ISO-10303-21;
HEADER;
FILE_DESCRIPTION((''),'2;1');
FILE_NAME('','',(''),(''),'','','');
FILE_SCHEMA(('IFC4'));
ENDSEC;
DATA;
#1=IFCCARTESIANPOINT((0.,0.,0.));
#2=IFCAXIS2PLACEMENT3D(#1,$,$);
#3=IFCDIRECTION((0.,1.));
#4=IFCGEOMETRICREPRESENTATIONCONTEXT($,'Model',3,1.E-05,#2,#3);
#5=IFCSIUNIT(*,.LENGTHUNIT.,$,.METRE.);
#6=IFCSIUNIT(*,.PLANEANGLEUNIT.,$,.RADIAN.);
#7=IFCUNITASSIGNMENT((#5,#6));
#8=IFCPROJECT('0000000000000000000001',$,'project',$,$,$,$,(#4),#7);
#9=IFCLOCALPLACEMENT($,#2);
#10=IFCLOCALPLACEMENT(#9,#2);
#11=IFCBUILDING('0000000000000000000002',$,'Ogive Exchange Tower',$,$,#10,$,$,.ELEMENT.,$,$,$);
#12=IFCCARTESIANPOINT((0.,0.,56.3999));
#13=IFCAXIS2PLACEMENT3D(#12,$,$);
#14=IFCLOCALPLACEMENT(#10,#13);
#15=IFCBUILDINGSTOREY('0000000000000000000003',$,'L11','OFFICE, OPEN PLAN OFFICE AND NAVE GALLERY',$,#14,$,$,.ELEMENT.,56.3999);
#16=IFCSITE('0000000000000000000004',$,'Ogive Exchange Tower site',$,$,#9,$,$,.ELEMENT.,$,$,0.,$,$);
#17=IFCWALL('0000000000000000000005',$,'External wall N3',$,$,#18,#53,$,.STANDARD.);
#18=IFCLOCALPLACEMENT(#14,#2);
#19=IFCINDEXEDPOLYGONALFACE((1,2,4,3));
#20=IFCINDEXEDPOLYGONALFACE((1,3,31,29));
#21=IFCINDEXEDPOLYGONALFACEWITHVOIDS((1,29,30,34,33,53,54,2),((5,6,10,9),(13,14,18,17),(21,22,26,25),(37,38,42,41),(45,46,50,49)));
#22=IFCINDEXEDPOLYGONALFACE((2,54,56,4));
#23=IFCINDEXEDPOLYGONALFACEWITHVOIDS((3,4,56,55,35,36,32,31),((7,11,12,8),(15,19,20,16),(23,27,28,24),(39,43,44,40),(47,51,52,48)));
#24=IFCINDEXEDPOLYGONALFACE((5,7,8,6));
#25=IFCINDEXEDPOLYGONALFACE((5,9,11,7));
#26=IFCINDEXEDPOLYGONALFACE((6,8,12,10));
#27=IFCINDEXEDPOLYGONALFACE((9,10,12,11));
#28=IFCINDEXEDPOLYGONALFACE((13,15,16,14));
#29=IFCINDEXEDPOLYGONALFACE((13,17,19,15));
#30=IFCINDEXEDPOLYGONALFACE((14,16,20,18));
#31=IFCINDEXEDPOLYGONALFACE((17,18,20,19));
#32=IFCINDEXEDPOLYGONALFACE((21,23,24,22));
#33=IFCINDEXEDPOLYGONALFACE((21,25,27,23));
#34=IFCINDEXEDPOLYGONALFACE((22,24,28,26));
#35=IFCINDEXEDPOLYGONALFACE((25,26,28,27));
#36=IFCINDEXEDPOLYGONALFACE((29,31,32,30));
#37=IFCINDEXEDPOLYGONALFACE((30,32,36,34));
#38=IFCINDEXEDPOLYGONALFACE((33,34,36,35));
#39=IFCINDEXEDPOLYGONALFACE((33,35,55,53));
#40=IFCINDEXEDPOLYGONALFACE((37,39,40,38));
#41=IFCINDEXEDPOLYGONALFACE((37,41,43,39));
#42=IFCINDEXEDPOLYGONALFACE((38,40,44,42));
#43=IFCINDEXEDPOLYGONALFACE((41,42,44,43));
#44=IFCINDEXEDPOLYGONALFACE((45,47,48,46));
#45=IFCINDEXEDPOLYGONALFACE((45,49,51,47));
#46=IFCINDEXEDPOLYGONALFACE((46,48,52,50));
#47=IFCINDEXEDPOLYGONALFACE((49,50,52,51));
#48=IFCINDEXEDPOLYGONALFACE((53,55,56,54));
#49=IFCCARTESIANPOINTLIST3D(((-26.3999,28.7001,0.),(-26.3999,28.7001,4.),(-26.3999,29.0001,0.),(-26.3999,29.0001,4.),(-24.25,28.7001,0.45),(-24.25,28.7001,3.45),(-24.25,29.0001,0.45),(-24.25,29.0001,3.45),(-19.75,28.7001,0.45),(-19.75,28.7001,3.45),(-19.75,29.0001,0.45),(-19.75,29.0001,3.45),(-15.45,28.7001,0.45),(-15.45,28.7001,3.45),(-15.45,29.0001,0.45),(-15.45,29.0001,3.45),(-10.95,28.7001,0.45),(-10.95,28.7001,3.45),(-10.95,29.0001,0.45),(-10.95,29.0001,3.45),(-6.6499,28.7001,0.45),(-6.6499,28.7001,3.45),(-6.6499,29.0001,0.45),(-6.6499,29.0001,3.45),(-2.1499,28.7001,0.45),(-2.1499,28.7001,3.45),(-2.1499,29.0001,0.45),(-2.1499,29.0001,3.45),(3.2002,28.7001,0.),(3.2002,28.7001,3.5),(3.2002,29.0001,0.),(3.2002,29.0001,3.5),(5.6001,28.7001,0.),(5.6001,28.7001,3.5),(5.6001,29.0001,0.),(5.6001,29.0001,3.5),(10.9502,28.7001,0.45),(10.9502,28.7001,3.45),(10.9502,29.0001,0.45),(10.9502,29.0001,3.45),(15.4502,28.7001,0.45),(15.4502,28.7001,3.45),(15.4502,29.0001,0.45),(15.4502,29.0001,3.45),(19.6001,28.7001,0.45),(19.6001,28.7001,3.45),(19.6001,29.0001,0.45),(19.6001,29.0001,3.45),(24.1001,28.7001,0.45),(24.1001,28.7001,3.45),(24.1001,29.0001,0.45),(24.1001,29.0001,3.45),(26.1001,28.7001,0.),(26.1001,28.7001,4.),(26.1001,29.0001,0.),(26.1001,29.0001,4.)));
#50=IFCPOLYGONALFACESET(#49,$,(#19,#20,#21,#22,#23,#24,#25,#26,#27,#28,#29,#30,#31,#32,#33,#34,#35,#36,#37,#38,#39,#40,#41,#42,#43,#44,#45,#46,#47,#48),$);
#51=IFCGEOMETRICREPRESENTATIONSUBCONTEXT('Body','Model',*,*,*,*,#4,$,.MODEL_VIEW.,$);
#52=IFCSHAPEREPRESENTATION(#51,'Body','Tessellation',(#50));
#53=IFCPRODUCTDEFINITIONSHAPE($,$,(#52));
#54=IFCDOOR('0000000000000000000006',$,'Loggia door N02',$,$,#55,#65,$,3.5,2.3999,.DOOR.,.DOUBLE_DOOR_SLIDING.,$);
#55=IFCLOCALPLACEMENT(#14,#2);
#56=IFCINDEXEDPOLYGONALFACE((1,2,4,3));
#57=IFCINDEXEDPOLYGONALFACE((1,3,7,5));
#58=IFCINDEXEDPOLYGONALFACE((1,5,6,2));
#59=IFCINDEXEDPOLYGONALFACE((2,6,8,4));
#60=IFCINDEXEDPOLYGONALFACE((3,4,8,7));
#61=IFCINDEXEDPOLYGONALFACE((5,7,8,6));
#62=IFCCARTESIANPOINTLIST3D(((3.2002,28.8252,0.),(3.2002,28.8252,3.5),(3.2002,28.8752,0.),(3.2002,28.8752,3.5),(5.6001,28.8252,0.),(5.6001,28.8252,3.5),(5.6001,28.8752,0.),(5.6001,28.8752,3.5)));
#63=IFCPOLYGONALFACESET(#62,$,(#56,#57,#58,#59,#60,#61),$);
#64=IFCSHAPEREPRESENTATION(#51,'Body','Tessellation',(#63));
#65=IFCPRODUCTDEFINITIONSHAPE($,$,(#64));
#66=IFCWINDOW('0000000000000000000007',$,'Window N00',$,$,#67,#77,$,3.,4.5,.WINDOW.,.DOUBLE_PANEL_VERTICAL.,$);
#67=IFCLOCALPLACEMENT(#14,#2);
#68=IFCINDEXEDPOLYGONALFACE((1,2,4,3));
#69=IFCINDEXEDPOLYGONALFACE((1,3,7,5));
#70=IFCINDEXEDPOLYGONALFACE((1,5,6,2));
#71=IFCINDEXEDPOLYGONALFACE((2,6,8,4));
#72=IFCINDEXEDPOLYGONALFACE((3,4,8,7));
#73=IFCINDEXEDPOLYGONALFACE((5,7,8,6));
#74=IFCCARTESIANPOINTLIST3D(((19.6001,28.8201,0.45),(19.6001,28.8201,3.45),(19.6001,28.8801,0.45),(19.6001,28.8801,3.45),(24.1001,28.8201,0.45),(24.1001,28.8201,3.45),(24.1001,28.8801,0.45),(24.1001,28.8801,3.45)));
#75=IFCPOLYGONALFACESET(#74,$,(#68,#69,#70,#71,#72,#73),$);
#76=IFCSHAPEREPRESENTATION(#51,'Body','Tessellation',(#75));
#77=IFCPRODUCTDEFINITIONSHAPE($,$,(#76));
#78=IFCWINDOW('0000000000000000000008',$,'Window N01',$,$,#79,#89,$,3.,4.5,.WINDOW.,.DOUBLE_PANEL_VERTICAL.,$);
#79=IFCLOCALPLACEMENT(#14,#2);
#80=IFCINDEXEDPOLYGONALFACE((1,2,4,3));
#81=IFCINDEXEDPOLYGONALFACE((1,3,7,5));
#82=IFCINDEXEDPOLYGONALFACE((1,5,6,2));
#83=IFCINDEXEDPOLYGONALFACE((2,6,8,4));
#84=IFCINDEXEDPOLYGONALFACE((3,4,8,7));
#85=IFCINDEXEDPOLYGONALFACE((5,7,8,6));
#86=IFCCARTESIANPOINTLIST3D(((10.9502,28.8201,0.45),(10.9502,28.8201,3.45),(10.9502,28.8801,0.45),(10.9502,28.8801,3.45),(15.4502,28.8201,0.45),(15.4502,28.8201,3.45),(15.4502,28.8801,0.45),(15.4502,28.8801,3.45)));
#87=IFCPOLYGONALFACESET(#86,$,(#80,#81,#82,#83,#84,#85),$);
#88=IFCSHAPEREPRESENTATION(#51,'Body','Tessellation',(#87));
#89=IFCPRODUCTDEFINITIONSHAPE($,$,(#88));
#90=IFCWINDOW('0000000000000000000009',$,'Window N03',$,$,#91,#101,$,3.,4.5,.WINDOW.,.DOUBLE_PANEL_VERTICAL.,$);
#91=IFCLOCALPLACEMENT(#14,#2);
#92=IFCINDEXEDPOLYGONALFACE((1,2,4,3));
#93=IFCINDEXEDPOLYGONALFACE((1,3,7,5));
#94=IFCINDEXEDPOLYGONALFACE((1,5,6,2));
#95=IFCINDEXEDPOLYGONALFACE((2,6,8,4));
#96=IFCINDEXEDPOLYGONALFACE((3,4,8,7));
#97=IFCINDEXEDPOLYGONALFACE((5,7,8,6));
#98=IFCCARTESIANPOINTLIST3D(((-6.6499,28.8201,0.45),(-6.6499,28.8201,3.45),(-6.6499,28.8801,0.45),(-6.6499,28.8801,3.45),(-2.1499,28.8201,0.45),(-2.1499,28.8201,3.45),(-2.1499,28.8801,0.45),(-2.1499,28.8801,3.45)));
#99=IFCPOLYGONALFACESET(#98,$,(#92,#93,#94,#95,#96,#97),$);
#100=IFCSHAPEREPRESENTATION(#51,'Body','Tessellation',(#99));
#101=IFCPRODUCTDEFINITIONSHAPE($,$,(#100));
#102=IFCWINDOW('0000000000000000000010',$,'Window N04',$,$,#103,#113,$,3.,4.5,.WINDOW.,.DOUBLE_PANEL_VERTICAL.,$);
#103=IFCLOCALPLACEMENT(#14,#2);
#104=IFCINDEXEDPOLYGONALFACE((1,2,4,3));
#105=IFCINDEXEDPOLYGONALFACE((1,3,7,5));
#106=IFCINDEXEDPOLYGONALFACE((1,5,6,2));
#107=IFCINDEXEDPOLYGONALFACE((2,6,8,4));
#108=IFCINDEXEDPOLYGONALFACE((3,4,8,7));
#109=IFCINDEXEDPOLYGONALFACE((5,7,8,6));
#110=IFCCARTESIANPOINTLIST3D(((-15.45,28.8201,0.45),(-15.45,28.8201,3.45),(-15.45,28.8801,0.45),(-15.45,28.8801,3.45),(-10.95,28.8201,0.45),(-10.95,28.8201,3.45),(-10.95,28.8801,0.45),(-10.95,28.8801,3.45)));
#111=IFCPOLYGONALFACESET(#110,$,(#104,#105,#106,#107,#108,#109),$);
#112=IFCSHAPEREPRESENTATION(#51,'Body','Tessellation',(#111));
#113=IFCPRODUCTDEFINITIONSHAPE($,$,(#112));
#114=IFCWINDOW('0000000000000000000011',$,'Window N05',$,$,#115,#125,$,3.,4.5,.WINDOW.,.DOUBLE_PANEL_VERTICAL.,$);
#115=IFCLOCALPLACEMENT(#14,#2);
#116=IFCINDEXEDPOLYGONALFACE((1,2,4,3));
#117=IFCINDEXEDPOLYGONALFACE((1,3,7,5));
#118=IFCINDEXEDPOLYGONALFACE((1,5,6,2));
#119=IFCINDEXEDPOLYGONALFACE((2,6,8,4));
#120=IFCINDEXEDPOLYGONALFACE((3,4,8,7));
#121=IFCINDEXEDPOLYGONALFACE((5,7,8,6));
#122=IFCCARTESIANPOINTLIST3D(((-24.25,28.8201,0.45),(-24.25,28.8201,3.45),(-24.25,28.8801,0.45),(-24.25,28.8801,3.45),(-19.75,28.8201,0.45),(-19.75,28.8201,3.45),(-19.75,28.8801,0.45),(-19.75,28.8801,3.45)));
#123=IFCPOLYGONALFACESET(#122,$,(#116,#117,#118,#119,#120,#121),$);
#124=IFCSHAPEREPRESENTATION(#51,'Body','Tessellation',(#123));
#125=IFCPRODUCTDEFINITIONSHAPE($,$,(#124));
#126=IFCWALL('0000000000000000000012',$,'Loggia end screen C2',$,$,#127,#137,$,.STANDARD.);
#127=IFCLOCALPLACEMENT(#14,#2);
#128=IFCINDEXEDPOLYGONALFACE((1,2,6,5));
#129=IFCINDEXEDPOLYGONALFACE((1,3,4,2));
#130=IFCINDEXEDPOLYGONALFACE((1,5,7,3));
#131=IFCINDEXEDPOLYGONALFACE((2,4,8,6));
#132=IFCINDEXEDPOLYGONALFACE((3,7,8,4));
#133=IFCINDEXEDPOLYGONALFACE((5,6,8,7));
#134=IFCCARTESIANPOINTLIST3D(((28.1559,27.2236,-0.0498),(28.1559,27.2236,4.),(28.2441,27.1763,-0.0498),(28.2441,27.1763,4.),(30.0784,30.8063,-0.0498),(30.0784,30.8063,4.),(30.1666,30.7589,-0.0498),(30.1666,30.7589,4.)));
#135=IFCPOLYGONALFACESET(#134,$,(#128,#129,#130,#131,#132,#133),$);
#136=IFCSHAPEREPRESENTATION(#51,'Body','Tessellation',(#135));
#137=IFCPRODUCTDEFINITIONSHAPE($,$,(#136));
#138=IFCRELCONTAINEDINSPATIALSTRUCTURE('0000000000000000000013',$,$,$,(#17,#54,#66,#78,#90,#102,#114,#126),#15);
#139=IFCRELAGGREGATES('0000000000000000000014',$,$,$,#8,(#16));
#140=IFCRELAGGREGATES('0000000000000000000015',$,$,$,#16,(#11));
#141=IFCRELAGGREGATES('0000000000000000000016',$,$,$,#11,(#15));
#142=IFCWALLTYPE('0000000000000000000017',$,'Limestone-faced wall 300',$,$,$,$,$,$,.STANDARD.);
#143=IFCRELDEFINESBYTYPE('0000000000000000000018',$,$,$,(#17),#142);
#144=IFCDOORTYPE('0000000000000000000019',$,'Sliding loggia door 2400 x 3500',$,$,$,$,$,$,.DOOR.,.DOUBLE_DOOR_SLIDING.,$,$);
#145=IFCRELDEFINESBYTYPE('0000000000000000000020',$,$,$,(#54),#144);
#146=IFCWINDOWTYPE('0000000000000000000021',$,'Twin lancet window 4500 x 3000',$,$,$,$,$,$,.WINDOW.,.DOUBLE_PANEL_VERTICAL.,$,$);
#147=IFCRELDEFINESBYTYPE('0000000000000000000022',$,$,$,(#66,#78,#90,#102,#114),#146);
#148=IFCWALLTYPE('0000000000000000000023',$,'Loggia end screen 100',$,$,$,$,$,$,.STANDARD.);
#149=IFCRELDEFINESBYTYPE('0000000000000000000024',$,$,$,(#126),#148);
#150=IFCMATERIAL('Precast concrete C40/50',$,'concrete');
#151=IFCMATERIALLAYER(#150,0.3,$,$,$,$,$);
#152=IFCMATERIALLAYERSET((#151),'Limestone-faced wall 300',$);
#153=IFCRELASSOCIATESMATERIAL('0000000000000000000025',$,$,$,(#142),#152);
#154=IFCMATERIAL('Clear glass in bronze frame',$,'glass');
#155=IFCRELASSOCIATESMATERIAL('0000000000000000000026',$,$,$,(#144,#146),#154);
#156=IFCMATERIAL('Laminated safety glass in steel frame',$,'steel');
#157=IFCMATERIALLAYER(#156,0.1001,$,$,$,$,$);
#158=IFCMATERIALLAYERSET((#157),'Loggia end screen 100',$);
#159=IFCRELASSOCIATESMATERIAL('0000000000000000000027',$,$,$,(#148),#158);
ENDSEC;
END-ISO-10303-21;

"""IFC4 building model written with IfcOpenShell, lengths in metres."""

from ifc_helpers import new_model, si_unit, direction, frame, frame_2d, origin, place, context, subcontext, project, spatial, rectangle, extrude, material, layer, layer_set, type_object, element, fill, save


model = new_model("IFC4")

# Units and contexts
model_context = context("Model", 3, precision=1e-05, world=origin(), true_north=direction((0.0, 1.0)))
body_context = subcontext(model_context, "Body", "Model", "MODEL_VIEW")
ifc_project = project(units=[si_unit("LENGTHUNIT", "METRE"), si_unit("PLANEANGLEUNIT", "RADIAN")], contexts=[model_context])

# Site, building, storey
site_placement = place(None, origin())
site = spatial("IfcSite", under=ifc_project, at=site_placement, Name="Ogive Exchange Tower site", CompositionType="ELEMENT", RefElevation=0.0)
building_placement = place(site_placement, origin())
building = spatial("IfcBuilding", under=site, at=building_placement, Name="Ogive Exchange Tower", CompositionType="ELEMENT")
storey_placement = place(building_placement, frame((0.0, 0.0, 56.3999)))
storey = spatial("IfcBuildingStorey", under=building, at=storey_placement, Name="L11", Description="OFFICE, OPEN PLAN OFFICE AND NAVE GALLERY", CompositionType="ELEMENT", Elevation=56.3999)

# Wall, openings, door, windows
ifc_material_1 = material(Name="Precast concrete C40/50", Category="concrete")
ifc_layer_1 = layer(ifc_material_1, 0.3)
ifc_layer_set_1 = layer_set([ifc_layer_1], Name="Limestone-faced wall 300")
wall_type_1 = type_object("IfcWallType", Name="Limestone-faced wall 300", PredefinedType="STANDARD", material=ifc_layer_set_1)
wall_1_placement = place(storey_placement, frame((26.1001, 28.8501, 0.0), z_axis=(0.0, 0.0, 1.0), x_axis=(-1.0, 0.0, 0.0)))
wall_1 = element("IfcWall", 1, at=wall_1_placement, inside=storey, type_object=wall_type_1, Name="External wall N3", PredefinedType="STANDARD", context=body_context, shape_type="SweptSolid", body=[
    extrude(rectangle(XDim=52.5, YDim=0.3, at=frame_2d((26.25, 0.0))), origin(), (0.0, 0.0, 1.0), 4.0),
])
opening_1_placement = place(wall_1_placement, frame((2.0, 0.0, 0.45)))
opening_1 = element("IfcOpeningElement", 2, at=opening_1_placement, cuts=wall_1, PredefinedType="OPENING", context=body_context, shape_type="SweptSolid", body=[
    extrude(rectangle(XDim=4.5, YDim=3.0, at=frame_2d((2.25, 1.5))), frame((0.0, 0.1599, 0.0), z_axis=(0.0, -1.0, 0.0), x_axis=(1.0, 0.0, 0.0)), (0.0, 0.0, 1.0), 0.3201),
])
opening_2_placement = place(wall_1_placement, frame((10.6499, 0.0, 0.45)))
opening_2 = element("IfcOpeningElement", 3, at=opening_2_placement, cuts=wall_1, PredefinedType="OPENING", context=body_context, shape_type="SweptSolid", body=[
    extrude(rectangle(XDim=4.5, YDim=3.0, at=frame_2d((2.25, 1.5))), frame((0.0, 0.1599, 0.0), z_axis=(0.0, -1.0, 0.0), x_axis=(1.0, 0.0, 0.0)), (0.0, 0.0, 1.0), 0.3201),
])
opening_3_placement = place(wall_1_placement, frame((20.5, 0.0, 0.0)))
opening_3 = element("IfcOpeningElement", 4, at=opening_3_placement, cuts=wall_1, PredefinedType="OPENING", context=body_context, shape_type="SweptSolid", body=[
    extrude(rectangle(XDim=2.3999, YDim=3.5, at=frame_2d((1.2, 1.75))), frame((0.0, 0.1599, 0.0), z_axis=(0.0, -1.0, 0.0), x_axis=(1.0, 0.0, 0.0)), (0.0, 0.0, 1.0), 0.3201),
])
opening_4_placement = place(wall_1_placement, frame((28.25, 0.0, 0.45)))
opening_4 = element("IfcOpeningElement", 5, at=opening_4_placement, cuts=wall_1, PredefinedType="OPENING", context=body_context, shape_type="SweptSolid", body=[
    extrude(rectangle(XDim=4.5, YDim=3.0, at=frame_2d((2.25, 1.5))), frame((0.0, 0.1599, 0.0), z_axis=(0.0, -1.0, 0.0), x_axis=(1.0, 0.0, 0.0)), (0.0, 0.0, 1.0), 0.3201),
])
opening_5_placement = place(wall_1_placement, frame((37.05, 0.0, 0.45)))
opening_5 = element("IfcOpeningElement", 6, at=opening_5_placement, cuts=wall_1, PredefinedType="OPENING", context=body_context, shape_type="SweptSolid", body=[
    extrude(rectangle(XDim=4.5, YDim=3.0, at=frame_2d((2.25, 1.5))), frame((0.0, 0.1599, 0.0), z_axis=(0.0, -1.0, 0.0), x_axis=(1.0, 0.0, 0.0)), (0.0, 0.0, 1.0), 0.3201),
])
opening_6_placement = place(wall_1_placement, frame((45.8501, 0.0, 0.45)))
opening_6 = element("IfcOpeningElement", 7, at=opening_6_placement, cuts=wall_1, PredefinedType="OPENING", context=body_context, shape_type="SweptSolid", body=[
    extrude(rectangle(XDim=4.5, YDim=3.0, at=frame_2d((2.25, 1.5))), frame((0.0, 0.1599, 0.0), z_axis=(0.0, -1.0, 0.0), x_axis=(1.0, 0.0, 0.0)), (0.0, 0.0, 1.0), 0.3201),
])
ifc_material_2 = material(Name="Clear glass in bronze frame", Category="glass")
door_type_1 = type_object("IfcDoorType", Name="Sliding loggia door 2400 x 3500", OperationType="DOUBLE_DOOR_SLIDING", PredefinedType="DOOR", material=ifc_material_2)
door_1_placement = place(opening_3_placement, origin())
door_1 = element("IfcDoor", 8, at=door_1_placement, inside=storey, type_object=door_type_1, Name="Loggia door N02", OperationType="DOUBLE_DOOR_SLIDING", OverallHeight=3.5, OverallWidth=2.3999, PredefinedType="DOOR", context=body_context, shape_type="SweptSolid", body=[
    extrude(rectangle(XDim=2.3999, YDim=3.5, at=frame_2d((1.2, 1.75))), frame((0.0, 0.0249, 0.0), z_axis=(0.0, -1.0, 0.0), x_axis=(1.0, 0.0, 0.0)), (0.0, 0.0, 1.0), 0.05),
])
fill(opening_3, door_1)
window_type = type_object("IfcWindowType", Name="Twin lancet window 4500 x 3000", PartitioningType="DOUBLE_PANEL_VERTICAL", PredefinedType="WINDOW", material=ifc_material_2)
window_1_placement = place(opening_1_placement, origin())
window_1 = element("IfcWindow", 9, at=window_1_placement, inside=storey, type_object=window_type, Name="Window N00", OverallHeight=3.0, OverallWidth=4.5, PartitioningType="DOUBLE_PANEL_VERTICAL", PredefinedType="WINDOW", context=body_context, shape_type="SweptSolid", body=[
    extrude(rectangle(XDim=4.5, YDim=3.0, at=frame_2d((2.25, 1.5))), frame((0.0, 0.03, 0.0), z_axis=(0.0, -1.0, 0.0), x_axis=(1.0, 0.0, 0.0)), (0.0, 0.0, 1.0), 0.0601),
])
fill(opening_1, window_1)
window_2_placement = place(opening_2_placement, origin())
window_2 = element("IfcWindow", 10, at=window_2_placement, inside=storey, type_object=window_type, Name="Window N01", OverallHeight=3.0, OverallWidth=4.5, PartitioningType="DOUBLE_PANEL_VERTICAL", PredefinedType="WINDOW", context=body_context, shape_type="SweptSolid", body=[
    extrude(rectangle(XDim=4.5, YDim=3.0, at=frame_2d((2.25, 1.5))), frame((0.0, 0.03, 0.0), z_axis=(0.0, -1.0, 0.0), x_axis=(1.0, 0.0, 0.0)), (0.0, 0.0, 1.0), 0.0601),
])
fill(opening_2, window_2)
window_3_placement = place(opening_4_placement, origin())
window_3 = element("IfcWindow", 11, at=window_3_placement, inside=storey, type_object=window_type, Name="Window N03", OverallHeight=3.0, OverallWidth=4.5, PartitioningType="DOUBLE_PANEL_VERTICAL", PredefinedType="WINDOW", context=body_context, shape_type="SweptSolid", body=[
    extrude(rectangle(XDim=4.5, YDim=3.0, at=frame_2d((2.25, 1.5))), frame((0.0, 0.03, 0.0), z_axis=(0.0, -1.0, 0.0), x_axis=(1.0, 0.0, 0.0)), (0.0, 0.0, 1.0), 0.0601),
])
fill(opening_4, window_3)
window_4_placement = place(opening_5_placement, origin())
window_4 = element("IfcWindow", 12, at=window_4_placement, inside=storey, type_object=window_type, Name="Window N04", OverallHeight=3.0, OverallWidth=4.5, PartitioningType="DOUBLE_PANEL_VERTICAL", PredefinedType="WINDOW", context=body_context, shape_type="SweptSolid", body=[
    extrude(rectangle(XDim=4.5, YDim=3.0, at=frame_2d((2.25, 1.5))), frame((0.0, 0.03, 0.0), z_axis=(0.0, -1.0, 0.0), x_axis=(1.0, 0.0, 0.0)), (0.0, 0.0, 1.0), 0.0601),
])
fill(opening_5, window_4)
window_5_placement = place(opening_6_placement, origin())
window_5 = element("IfcWindow", 13, at=window_5_placement, inside=storey, type_object=window_type, Name="Window N05", OverallHeight=3.0, OverallWidth=4.5, PartitioningType="DOUBLE_PANEL_VERTICAL", PredefinedType="WINDOW", context=body_context, shape_type="SweptSolid", body=[
    extrude(rectangle(XDim=4.5, YDim=3.0, at=frame_2d((2.25, 1.5))), frame((0.0, 0.03, 0.0), z_axis=(0.0, -1.0, 0.0), x_axis=(1.0, 0.0, 0.0)), (0.0, 0.0, 1.0), 0.0601),
])
fill(opening_6, window_5)

# Wall
ifc_material_3 = material(Name="Laminated safety glass in steel frame", Category="steel")
ifc_layer_2 = layer(ifc_material_3, 0.1001)
ifc_layer_set_2 = layer_set([ifc_layer_2], Name="Loggia end screen 100")
wall_type_2 = type_object("IfcWallType", Name="Loggia end screen 100", PredefinedType="STANDARD", material=ifc_layer_set_2)
wall_2_placement = place(storey_placement, frame((28.2, 27.2, -0.0498), z_axis=(0.0, 0.0, 1.0), x_axis=(0.472846, 0.881145, 0.0)))
element("IfcWall", 14, at=wall_2_placement, inside=storey, type_object=wall_type_2, Name="Loggia end screen C2", PredefinedType="STANDARD", context=body_context, shape_type="SweptSolid", body=[
    extrude(rectangle(XDim=4.0659, YDim=0.1001, at=frame_2d((2.033, 0.0))), origin(), (0.0, 0.0, 1.0), 4.0498),
])

save(model, "model.ifc")
